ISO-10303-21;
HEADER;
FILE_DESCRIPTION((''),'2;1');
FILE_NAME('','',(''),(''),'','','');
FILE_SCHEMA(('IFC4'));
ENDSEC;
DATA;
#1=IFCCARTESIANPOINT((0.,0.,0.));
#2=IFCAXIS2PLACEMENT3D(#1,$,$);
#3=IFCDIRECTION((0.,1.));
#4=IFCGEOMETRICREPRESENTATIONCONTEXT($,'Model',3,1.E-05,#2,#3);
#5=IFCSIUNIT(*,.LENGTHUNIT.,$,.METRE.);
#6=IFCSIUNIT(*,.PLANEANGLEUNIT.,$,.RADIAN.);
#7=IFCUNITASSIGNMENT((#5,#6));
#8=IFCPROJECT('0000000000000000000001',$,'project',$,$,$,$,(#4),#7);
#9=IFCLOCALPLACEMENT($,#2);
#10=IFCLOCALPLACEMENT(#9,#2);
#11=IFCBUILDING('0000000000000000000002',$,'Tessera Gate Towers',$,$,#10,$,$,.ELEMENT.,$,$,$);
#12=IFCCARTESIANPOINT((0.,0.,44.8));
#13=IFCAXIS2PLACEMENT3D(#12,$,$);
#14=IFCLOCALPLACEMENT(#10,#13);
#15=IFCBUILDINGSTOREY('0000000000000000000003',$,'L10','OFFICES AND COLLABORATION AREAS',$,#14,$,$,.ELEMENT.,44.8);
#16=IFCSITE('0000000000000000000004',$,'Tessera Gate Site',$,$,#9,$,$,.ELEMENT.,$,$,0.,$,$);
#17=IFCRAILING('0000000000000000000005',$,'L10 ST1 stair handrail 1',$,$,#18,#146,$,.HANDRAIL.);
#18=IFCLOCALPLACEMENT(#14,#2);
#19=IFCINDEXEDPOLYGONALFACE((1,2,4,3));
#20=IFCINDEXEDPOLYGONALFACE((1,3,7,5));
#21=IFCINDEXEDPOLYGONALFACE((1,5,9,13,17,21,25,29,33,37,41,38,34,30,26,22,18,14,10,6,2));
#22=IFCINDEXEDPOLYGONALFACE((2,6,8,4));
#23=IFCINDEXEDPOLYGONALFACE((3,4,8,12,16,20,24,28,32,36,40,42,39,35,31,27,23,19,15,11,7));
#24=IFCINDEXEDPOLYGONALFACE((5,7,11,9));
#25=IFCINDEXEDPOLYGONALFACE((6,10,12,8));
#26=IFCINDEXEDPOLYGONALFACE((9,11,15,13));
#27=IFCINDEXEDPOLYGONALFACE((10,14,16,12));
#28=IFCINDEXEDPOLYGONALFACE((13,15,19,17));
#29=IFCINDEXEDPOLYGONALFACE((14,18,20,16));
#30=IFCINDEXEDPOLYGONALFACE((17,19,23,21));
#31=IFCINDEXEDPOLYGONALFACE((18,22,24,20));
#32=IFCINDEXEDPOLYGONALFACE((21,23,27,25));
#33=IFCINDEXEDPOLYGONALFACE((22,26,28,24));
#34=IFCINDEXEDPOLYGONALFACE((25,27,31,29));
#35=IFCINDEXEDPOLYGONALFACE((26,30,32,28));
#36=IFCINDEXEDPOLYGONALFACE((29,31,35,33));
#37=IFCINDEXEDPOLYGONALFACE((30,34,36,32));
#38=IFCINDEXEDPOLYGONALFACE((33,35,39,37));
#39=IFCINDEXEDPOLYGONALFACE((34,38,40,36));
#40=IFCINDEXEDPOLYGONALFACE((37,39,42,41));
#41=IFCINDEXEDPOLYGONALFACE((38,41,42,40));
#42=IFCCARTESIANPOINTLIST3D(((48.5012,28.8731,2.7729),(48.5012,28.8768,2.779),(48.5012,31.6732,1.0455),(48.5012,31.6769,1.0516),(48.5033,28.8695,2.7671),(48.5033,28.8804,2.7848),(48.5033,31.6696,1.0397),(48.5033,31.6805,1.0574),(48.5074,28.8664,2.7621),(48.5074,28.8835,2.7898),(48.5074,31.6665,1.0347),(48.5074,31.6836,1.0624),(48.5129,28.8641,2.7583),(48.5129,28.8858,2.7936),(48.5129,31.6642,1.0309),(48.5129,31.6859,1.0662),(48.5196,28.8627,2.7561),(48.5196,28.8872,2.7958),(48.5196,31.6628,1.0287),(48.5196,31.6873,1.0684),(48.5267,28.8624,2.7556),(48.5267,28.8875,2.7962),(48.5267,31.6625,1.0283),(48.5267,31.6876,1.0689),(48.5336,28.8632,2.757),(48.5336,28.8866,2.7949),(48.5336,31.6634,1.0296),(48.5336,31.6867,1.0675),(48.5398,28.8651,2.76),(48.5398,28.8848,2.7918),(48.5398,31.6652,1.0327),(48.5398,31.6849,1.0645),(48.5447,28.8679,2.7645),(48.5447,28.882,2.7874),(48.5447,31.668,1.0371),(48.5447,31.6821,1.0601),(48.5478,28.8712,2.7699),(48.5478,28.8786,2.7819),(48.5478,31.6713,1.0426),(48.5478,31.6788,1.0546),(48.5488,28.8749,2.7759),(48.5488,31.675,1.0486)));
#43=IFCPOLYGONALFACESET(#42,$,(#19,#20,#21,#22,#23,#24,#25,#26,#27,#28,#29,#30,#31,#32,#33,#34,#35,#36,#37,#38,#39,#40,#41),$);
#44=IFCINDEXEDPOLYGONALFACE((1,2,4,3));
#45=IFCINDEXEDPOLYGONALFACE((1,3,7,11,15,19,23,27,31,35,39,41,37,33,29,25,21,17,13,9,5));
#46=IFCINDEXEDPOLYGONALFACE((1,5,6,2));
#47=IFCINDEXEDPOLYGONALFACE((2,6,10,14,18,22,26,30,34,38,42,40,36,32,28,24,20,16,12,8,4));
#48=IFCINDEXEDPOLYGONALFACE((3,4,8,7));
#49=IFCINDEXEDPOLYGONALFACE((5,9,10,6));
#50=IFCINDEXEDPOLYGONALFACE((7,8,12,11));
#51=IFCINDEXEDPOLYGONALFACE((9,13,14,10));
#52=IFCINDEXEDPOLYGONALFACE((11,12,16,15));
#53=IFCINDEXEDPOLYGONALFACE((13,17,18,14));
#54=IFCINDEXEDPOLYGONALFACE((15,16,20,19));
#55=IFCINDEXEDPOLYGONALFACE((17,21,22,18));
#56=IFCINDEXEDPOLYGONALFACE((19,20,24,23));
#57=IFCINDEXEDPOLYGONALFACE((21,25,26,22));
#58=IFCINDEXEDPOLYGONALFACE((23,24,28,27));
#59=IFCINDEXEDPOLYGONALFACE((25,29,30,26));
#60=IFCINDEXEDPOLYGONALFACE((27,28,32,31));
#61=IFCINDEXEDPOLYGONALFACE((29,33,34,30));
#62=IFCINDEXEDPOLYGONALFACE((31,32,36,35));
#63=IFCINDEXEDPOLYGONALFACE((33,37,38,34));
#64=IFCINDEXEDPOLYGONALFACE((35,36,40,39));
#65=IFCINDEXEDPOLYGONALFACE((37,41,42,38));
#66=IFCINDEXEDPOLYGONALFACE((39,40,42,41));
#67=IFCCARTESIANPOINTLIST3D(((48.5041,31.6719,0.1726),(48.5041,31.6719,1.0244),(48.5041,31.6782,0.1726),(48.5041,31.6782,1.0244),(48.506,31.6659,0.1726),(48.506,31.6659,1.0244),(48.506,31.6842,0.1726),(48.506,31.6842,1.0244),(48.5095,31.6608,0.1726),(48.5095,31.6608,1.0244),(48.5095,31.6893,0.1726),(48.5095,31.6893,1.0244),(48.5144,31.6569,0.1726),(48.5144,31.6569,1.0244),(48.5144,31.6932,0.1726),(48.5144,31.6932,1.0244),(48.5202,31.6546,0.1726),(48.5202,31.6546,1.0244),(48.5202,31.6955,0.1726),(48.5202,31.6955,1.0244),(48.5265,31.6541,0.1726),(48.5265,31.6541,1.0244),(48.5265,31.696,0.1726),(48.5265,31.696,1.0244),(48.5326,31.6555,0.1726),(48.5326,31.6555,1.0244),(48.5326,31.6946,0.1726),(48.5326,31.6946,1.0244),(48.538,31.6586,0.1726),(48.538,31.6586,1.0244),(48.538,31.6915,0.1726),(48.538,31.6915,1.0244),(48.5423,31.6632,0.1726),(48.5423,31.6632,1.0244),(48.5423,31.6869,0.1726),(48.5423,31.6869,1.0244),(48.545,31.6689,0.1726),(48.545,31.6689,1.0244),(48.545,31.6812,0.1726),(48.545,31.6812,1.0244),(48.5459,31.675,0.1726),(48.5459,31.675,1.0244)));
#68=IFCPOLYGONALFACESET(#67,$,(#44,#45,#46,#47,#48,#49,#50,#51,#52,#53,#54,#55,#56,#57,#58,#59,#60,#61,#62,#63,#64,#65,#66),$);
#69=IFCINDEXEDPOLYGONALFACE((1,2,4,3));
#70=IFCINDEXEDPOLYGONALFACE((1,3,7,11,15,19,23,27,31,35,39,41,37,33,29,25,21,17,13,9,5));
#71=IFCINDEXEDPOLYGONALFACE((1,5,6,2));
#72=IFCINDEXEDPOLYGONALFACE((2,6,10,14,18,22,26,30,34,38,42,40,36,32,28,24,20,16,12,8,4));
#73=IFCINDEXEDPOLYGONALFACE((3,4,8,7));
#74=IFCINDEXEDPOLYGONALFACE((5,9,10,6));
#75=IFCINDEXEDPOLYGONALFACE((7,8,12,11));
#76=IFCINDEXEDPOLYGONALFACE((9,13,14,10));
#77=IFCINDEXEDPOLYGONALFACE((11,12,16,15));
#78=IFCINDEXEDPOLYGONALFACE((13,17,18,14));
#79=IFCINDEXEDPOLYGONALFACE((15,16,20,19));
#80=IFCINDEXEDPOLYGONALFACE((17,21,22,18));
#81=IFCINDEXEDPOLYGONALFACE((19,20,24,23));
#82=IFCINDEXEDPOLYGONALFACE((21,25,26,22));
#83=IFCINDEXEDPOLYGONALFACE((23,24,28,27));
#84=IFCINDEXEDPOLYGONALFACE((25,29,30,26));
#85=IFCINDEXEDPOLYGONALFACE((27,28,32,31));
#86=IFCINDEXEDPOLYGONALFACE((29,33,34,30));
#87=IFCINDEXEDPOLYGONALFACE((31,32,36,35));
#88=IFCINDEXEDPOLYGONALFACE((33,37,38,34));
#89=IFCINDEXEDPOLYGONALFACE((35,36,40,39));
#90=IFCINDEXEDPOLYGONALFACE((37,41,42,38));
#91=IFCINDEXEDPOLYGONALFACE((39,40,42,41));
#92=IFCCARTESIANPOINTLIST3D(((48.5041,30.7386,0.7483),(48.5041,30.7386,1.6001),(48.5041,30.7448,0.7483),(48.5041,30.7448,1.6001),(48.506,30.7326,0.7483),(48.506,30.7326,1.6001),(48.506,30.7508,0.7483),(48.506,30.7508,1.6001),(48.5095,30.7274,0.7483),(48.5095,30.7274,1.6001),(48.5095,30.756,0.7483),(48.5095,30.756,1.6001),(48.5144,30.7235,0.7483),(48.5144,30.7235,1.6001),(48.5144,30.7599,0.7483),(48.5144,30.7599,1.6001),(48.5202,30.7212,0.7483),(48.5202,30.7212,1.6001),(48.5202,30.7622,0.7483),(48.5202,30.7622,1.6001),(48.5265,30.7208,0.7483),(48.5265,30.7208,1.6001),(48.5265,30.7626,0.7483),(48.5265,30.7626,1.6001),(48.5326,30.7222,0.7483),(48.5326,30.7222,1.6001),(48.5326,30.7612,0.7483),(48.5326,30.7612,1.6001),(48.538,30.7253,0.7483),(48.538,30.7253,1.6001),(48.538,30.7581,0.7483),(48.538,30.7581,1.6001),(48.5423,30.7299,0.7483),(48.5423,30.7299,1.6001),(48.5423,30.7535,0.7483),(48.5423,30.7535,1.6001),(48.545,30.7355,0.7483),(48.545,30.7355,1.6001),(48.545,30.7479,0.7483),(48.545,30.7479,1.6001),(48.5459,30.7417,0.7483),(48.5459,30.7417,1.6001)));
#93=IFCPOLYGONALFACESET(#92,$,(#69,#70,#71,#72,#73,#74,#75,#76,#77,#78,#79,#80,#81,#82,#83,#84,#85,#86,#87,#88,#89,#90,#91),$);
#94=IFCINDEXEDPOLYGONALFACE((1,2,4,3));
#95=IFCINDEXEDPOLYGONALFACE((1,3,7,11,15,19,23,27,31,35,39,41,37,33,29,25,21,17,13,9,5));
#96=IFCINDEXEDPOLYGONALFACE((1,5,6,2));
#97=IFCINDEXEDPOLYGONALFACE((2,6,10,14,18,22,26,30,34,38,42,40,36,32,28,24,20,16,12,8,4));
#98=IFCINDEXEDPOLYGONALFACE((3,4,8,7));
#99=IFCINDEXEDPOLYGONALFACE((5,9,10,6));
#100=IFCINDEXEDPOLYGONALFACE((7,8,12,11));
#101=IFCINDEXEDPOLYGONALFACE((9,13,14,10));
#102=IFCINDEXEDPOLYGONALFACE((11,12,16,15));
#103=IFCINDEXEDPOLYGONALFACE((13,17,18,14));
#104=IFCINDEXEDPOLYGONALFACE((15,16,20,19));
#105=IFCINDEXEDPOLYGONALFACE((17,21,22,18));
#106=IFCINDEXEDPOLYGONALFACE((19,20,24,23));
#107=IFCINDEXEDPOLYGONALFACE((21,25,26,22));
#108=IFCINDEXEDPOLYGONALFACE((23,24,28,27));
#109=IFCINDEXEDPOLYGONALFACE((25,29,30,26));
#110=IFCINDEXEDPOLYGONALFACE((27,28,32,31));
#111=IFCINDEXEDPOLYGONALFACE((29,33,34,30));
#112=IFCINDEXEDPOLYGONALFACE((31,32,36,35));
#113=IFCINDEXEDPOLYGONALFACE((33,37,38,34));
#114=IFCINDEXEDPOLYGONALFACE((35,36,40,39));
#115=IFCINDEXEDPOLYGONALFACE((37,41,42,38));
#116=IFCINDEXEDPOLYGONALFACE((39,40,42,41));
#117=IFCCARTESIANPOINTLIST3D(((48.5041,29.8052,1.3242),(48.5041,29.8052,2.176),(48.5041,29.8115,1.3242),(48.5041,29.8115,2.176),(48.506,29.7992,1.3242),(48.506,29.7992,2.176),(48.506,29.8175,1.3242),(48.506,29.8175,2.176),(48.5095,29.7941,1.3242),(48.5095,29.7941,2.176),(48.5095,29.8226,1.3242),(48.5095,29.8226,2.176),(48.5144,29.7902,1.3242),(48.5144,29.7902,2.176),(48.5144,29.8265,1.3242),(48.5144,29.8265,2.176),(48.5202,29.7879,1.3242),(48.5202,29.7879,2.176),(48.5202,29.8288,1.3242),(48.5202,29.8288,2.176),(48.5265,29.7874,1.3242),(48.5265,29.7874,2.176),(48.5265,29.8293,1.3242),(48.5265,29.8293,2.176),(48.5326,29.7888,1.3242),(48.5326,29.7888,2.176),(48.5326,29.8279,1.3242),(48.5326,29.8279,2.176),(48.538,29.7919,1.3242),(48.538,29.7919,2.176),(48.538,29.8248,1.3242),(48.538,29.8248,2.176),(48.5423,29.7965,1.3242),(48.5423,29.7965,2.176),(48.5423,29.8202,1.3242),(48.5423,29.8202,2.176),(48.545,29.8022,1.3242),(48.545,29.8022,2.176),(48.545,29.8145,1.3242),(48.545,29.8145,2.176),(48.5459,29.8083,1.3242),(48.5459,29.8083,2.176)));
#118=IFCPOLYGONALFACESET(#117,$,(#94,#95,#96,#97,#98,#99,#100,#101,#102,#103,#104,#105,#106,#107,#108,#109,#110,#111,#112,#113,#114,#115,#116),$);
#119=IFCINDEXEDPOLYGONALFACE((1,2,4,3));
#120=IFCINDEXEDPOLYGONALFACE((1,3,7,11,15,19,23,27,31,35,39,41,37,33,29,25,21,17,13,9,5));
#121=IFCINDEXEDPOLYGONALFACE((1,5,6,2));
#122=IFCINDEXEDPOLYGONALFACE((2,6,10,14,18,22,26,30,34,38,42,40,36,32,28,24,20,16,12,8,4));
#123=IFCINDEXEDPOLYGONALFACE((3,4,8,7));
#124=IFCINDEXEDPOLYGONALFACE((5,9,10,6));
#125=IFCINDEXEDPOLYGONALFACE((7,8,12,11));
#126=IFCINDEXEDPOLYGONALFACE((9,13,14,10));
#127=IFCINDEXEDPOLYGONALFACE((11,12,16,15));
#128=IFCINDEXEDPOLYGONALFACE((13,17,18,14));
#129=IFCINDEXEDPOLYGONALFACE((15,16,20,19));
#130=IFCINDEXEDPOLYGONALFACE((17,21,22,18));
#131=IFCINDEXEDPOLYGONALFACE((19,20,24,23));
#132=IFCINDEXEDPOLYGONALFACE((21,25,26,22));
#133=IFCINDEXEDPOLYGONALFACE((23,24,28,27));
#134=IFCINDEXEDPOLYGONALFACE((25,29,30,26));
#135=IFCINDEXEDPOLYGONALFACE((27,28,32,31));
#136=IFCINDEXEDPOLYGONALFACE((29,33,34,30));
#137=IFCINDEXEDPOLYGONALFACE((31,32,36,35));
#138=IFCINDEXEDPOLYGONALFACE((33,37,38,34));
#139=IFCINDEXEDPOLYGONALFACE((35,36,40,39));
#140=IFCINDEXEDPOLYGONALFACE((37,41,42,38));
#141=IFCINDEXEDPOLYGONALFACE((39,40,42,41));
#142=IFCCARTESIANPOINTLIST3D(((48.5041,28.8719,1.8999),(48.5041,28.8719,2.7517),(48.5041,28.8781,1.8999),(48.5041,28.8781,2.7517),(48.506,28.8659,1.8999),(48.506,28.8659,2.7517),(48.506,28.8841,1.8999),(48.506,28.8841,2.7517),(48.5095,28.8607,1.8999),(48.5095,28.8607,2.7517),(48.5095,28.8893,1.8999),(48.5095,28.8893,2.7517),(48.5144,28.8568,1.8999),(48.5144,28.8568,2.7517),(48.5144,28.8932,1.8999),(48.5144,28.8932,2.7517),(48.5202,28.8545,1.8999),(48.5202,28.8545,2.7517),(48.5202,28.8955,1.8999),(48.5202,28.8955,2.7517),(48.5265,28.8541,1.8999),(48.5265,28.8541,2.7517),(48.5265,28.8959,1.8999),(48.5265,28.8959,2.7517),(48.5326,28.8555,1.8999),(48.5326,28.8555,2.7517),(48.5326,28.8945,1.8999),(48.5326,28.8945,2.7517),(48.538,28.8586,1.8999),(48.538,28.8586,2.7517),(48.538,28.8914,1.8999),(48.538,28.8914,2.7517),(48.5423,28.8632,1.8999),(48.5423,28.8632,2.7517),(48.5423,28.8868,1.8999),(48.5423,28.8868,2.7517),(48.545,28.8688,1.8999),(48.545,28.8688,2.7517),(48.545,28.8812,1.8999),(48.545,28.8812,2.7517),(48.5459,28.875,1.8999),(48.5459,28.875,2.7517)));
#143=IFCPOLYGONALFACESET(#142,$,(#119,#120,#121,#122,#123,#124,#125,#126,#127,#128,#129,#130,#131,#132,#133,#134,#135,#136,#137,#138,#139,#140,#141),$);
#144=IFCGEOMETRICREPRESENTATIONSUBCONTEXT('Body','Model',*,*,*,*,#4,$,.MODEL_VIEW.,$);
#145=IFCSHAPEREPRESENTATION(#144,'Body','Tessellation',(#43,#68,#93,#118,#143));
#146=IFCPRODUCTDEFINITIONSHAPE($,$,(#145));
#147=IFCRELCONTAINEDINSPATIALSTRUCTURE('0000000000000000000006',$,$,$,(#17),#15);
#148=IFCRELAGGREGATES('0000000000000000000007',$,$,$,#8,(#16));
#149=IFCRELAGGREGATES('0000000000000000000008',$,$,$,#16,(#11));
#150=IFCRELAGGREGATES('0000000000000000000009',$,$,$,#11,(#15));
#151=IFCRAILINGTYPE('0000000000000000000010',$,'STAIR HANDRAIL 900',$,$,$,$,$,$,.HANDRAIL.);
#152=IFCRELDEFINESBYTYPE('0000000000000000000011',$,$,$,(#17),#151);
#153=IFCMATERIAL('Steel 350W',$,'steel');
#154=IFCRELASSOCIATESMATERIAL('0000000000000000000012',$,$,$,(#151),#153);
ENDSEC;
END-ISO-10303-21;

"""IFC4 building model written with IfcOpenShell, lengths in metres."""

from ifc_helpers import new_model, si_unit, direction, frame, origin, origin_2d, place, context, subcontext, project, spatial, circle, extrude, material, type_object, element, save


model = new_model("IFC4")

# Units and contexts
model_context = context("Model", 3, precision=1e-05, world=origin(), true_north=direction((0.0, 1.0)))
body_context = subcontext(model_context, "Body", "Model", "MODEL_VIEW")
ifc_project = project(units=[si_unit("LENGTHUNIT", "METRE"), si_unit("PLANEANGLEUNIT", "RADIAN")], contexts=[model_context])

# Site, building, storey
site_placement = place(None, origin())
site = spatial("IfcSite", under=ifc_project, at=site_placement, Name="Tessera Gate Site", CompositionType="ELEMENT", RefElevation=0.0)
building_placement = place(site_placement, origin())
building = spatial("IfcBuilding", under=site, at=building_placement, Name="Tessera Gate Towers", CompositionType="ELEMENT")
storey_placement = place(building_placement, frame((0.0, 0.0, 44.8)))
storey = spatial("IfcBuildingStorey", under=building, at=storey_placement, Name="L10", Description="OFFICES AND COLLABORATION AREAS", CompositionType="ELEMENT", Elevation=44.8)

# Railing
ifc_material_1 = material(Name="Steel 350W", Category="steel")
railing_type = type_object("IfcRailingType", Name="STAIR HANDRAIL 900", PredefinedType="HANDRAIL", material=ifc_material_1)
railing_placement = place(storey_placement, frame((48.5249, 31.675, 0.1726)))
element("IfcRailing", 1, at=railing_placement, inside=storey, type_object=railing_type, Name="L10 ST1 stair handrail 1", PredefinedType="HANDRAIL", context=body_context, shape_type="SweptSolid", body=[
    extrude(circle(Radius=0.0239, at=origin_2d()), frame((0.0, 0.0, 0.876), z_axis=(0.0, -0.85109, 0.52502), x_axis=(1.0, 0.0, 0.0)), (0.0, 0.0, 1.0), 3.29),
    extrude(circle(Radius=0.021, at=origin_2d()), origin(), (0.0, 0.0, 1.0), 0.8518),
    extrude(circle(Radius=0.021, at=origin_2d()), frame((0.0, -0.9333, 0.5757)), (0.0, 0.0, 1.0), 0.8518),
    extrude(circle(Radius=0.021, at=origin_2d()), frame((0.0, -1.8667, 1.1516)), (0.0, 0.0, 1.0), 0.8518),
    extrude(circle(Radius=0.021, at=origin_2d()), frame((0.0, -2.8, 1.7273)), (0.0, 0.0, 1.0), 0.8518),
])

save(model, "model.ifc")
